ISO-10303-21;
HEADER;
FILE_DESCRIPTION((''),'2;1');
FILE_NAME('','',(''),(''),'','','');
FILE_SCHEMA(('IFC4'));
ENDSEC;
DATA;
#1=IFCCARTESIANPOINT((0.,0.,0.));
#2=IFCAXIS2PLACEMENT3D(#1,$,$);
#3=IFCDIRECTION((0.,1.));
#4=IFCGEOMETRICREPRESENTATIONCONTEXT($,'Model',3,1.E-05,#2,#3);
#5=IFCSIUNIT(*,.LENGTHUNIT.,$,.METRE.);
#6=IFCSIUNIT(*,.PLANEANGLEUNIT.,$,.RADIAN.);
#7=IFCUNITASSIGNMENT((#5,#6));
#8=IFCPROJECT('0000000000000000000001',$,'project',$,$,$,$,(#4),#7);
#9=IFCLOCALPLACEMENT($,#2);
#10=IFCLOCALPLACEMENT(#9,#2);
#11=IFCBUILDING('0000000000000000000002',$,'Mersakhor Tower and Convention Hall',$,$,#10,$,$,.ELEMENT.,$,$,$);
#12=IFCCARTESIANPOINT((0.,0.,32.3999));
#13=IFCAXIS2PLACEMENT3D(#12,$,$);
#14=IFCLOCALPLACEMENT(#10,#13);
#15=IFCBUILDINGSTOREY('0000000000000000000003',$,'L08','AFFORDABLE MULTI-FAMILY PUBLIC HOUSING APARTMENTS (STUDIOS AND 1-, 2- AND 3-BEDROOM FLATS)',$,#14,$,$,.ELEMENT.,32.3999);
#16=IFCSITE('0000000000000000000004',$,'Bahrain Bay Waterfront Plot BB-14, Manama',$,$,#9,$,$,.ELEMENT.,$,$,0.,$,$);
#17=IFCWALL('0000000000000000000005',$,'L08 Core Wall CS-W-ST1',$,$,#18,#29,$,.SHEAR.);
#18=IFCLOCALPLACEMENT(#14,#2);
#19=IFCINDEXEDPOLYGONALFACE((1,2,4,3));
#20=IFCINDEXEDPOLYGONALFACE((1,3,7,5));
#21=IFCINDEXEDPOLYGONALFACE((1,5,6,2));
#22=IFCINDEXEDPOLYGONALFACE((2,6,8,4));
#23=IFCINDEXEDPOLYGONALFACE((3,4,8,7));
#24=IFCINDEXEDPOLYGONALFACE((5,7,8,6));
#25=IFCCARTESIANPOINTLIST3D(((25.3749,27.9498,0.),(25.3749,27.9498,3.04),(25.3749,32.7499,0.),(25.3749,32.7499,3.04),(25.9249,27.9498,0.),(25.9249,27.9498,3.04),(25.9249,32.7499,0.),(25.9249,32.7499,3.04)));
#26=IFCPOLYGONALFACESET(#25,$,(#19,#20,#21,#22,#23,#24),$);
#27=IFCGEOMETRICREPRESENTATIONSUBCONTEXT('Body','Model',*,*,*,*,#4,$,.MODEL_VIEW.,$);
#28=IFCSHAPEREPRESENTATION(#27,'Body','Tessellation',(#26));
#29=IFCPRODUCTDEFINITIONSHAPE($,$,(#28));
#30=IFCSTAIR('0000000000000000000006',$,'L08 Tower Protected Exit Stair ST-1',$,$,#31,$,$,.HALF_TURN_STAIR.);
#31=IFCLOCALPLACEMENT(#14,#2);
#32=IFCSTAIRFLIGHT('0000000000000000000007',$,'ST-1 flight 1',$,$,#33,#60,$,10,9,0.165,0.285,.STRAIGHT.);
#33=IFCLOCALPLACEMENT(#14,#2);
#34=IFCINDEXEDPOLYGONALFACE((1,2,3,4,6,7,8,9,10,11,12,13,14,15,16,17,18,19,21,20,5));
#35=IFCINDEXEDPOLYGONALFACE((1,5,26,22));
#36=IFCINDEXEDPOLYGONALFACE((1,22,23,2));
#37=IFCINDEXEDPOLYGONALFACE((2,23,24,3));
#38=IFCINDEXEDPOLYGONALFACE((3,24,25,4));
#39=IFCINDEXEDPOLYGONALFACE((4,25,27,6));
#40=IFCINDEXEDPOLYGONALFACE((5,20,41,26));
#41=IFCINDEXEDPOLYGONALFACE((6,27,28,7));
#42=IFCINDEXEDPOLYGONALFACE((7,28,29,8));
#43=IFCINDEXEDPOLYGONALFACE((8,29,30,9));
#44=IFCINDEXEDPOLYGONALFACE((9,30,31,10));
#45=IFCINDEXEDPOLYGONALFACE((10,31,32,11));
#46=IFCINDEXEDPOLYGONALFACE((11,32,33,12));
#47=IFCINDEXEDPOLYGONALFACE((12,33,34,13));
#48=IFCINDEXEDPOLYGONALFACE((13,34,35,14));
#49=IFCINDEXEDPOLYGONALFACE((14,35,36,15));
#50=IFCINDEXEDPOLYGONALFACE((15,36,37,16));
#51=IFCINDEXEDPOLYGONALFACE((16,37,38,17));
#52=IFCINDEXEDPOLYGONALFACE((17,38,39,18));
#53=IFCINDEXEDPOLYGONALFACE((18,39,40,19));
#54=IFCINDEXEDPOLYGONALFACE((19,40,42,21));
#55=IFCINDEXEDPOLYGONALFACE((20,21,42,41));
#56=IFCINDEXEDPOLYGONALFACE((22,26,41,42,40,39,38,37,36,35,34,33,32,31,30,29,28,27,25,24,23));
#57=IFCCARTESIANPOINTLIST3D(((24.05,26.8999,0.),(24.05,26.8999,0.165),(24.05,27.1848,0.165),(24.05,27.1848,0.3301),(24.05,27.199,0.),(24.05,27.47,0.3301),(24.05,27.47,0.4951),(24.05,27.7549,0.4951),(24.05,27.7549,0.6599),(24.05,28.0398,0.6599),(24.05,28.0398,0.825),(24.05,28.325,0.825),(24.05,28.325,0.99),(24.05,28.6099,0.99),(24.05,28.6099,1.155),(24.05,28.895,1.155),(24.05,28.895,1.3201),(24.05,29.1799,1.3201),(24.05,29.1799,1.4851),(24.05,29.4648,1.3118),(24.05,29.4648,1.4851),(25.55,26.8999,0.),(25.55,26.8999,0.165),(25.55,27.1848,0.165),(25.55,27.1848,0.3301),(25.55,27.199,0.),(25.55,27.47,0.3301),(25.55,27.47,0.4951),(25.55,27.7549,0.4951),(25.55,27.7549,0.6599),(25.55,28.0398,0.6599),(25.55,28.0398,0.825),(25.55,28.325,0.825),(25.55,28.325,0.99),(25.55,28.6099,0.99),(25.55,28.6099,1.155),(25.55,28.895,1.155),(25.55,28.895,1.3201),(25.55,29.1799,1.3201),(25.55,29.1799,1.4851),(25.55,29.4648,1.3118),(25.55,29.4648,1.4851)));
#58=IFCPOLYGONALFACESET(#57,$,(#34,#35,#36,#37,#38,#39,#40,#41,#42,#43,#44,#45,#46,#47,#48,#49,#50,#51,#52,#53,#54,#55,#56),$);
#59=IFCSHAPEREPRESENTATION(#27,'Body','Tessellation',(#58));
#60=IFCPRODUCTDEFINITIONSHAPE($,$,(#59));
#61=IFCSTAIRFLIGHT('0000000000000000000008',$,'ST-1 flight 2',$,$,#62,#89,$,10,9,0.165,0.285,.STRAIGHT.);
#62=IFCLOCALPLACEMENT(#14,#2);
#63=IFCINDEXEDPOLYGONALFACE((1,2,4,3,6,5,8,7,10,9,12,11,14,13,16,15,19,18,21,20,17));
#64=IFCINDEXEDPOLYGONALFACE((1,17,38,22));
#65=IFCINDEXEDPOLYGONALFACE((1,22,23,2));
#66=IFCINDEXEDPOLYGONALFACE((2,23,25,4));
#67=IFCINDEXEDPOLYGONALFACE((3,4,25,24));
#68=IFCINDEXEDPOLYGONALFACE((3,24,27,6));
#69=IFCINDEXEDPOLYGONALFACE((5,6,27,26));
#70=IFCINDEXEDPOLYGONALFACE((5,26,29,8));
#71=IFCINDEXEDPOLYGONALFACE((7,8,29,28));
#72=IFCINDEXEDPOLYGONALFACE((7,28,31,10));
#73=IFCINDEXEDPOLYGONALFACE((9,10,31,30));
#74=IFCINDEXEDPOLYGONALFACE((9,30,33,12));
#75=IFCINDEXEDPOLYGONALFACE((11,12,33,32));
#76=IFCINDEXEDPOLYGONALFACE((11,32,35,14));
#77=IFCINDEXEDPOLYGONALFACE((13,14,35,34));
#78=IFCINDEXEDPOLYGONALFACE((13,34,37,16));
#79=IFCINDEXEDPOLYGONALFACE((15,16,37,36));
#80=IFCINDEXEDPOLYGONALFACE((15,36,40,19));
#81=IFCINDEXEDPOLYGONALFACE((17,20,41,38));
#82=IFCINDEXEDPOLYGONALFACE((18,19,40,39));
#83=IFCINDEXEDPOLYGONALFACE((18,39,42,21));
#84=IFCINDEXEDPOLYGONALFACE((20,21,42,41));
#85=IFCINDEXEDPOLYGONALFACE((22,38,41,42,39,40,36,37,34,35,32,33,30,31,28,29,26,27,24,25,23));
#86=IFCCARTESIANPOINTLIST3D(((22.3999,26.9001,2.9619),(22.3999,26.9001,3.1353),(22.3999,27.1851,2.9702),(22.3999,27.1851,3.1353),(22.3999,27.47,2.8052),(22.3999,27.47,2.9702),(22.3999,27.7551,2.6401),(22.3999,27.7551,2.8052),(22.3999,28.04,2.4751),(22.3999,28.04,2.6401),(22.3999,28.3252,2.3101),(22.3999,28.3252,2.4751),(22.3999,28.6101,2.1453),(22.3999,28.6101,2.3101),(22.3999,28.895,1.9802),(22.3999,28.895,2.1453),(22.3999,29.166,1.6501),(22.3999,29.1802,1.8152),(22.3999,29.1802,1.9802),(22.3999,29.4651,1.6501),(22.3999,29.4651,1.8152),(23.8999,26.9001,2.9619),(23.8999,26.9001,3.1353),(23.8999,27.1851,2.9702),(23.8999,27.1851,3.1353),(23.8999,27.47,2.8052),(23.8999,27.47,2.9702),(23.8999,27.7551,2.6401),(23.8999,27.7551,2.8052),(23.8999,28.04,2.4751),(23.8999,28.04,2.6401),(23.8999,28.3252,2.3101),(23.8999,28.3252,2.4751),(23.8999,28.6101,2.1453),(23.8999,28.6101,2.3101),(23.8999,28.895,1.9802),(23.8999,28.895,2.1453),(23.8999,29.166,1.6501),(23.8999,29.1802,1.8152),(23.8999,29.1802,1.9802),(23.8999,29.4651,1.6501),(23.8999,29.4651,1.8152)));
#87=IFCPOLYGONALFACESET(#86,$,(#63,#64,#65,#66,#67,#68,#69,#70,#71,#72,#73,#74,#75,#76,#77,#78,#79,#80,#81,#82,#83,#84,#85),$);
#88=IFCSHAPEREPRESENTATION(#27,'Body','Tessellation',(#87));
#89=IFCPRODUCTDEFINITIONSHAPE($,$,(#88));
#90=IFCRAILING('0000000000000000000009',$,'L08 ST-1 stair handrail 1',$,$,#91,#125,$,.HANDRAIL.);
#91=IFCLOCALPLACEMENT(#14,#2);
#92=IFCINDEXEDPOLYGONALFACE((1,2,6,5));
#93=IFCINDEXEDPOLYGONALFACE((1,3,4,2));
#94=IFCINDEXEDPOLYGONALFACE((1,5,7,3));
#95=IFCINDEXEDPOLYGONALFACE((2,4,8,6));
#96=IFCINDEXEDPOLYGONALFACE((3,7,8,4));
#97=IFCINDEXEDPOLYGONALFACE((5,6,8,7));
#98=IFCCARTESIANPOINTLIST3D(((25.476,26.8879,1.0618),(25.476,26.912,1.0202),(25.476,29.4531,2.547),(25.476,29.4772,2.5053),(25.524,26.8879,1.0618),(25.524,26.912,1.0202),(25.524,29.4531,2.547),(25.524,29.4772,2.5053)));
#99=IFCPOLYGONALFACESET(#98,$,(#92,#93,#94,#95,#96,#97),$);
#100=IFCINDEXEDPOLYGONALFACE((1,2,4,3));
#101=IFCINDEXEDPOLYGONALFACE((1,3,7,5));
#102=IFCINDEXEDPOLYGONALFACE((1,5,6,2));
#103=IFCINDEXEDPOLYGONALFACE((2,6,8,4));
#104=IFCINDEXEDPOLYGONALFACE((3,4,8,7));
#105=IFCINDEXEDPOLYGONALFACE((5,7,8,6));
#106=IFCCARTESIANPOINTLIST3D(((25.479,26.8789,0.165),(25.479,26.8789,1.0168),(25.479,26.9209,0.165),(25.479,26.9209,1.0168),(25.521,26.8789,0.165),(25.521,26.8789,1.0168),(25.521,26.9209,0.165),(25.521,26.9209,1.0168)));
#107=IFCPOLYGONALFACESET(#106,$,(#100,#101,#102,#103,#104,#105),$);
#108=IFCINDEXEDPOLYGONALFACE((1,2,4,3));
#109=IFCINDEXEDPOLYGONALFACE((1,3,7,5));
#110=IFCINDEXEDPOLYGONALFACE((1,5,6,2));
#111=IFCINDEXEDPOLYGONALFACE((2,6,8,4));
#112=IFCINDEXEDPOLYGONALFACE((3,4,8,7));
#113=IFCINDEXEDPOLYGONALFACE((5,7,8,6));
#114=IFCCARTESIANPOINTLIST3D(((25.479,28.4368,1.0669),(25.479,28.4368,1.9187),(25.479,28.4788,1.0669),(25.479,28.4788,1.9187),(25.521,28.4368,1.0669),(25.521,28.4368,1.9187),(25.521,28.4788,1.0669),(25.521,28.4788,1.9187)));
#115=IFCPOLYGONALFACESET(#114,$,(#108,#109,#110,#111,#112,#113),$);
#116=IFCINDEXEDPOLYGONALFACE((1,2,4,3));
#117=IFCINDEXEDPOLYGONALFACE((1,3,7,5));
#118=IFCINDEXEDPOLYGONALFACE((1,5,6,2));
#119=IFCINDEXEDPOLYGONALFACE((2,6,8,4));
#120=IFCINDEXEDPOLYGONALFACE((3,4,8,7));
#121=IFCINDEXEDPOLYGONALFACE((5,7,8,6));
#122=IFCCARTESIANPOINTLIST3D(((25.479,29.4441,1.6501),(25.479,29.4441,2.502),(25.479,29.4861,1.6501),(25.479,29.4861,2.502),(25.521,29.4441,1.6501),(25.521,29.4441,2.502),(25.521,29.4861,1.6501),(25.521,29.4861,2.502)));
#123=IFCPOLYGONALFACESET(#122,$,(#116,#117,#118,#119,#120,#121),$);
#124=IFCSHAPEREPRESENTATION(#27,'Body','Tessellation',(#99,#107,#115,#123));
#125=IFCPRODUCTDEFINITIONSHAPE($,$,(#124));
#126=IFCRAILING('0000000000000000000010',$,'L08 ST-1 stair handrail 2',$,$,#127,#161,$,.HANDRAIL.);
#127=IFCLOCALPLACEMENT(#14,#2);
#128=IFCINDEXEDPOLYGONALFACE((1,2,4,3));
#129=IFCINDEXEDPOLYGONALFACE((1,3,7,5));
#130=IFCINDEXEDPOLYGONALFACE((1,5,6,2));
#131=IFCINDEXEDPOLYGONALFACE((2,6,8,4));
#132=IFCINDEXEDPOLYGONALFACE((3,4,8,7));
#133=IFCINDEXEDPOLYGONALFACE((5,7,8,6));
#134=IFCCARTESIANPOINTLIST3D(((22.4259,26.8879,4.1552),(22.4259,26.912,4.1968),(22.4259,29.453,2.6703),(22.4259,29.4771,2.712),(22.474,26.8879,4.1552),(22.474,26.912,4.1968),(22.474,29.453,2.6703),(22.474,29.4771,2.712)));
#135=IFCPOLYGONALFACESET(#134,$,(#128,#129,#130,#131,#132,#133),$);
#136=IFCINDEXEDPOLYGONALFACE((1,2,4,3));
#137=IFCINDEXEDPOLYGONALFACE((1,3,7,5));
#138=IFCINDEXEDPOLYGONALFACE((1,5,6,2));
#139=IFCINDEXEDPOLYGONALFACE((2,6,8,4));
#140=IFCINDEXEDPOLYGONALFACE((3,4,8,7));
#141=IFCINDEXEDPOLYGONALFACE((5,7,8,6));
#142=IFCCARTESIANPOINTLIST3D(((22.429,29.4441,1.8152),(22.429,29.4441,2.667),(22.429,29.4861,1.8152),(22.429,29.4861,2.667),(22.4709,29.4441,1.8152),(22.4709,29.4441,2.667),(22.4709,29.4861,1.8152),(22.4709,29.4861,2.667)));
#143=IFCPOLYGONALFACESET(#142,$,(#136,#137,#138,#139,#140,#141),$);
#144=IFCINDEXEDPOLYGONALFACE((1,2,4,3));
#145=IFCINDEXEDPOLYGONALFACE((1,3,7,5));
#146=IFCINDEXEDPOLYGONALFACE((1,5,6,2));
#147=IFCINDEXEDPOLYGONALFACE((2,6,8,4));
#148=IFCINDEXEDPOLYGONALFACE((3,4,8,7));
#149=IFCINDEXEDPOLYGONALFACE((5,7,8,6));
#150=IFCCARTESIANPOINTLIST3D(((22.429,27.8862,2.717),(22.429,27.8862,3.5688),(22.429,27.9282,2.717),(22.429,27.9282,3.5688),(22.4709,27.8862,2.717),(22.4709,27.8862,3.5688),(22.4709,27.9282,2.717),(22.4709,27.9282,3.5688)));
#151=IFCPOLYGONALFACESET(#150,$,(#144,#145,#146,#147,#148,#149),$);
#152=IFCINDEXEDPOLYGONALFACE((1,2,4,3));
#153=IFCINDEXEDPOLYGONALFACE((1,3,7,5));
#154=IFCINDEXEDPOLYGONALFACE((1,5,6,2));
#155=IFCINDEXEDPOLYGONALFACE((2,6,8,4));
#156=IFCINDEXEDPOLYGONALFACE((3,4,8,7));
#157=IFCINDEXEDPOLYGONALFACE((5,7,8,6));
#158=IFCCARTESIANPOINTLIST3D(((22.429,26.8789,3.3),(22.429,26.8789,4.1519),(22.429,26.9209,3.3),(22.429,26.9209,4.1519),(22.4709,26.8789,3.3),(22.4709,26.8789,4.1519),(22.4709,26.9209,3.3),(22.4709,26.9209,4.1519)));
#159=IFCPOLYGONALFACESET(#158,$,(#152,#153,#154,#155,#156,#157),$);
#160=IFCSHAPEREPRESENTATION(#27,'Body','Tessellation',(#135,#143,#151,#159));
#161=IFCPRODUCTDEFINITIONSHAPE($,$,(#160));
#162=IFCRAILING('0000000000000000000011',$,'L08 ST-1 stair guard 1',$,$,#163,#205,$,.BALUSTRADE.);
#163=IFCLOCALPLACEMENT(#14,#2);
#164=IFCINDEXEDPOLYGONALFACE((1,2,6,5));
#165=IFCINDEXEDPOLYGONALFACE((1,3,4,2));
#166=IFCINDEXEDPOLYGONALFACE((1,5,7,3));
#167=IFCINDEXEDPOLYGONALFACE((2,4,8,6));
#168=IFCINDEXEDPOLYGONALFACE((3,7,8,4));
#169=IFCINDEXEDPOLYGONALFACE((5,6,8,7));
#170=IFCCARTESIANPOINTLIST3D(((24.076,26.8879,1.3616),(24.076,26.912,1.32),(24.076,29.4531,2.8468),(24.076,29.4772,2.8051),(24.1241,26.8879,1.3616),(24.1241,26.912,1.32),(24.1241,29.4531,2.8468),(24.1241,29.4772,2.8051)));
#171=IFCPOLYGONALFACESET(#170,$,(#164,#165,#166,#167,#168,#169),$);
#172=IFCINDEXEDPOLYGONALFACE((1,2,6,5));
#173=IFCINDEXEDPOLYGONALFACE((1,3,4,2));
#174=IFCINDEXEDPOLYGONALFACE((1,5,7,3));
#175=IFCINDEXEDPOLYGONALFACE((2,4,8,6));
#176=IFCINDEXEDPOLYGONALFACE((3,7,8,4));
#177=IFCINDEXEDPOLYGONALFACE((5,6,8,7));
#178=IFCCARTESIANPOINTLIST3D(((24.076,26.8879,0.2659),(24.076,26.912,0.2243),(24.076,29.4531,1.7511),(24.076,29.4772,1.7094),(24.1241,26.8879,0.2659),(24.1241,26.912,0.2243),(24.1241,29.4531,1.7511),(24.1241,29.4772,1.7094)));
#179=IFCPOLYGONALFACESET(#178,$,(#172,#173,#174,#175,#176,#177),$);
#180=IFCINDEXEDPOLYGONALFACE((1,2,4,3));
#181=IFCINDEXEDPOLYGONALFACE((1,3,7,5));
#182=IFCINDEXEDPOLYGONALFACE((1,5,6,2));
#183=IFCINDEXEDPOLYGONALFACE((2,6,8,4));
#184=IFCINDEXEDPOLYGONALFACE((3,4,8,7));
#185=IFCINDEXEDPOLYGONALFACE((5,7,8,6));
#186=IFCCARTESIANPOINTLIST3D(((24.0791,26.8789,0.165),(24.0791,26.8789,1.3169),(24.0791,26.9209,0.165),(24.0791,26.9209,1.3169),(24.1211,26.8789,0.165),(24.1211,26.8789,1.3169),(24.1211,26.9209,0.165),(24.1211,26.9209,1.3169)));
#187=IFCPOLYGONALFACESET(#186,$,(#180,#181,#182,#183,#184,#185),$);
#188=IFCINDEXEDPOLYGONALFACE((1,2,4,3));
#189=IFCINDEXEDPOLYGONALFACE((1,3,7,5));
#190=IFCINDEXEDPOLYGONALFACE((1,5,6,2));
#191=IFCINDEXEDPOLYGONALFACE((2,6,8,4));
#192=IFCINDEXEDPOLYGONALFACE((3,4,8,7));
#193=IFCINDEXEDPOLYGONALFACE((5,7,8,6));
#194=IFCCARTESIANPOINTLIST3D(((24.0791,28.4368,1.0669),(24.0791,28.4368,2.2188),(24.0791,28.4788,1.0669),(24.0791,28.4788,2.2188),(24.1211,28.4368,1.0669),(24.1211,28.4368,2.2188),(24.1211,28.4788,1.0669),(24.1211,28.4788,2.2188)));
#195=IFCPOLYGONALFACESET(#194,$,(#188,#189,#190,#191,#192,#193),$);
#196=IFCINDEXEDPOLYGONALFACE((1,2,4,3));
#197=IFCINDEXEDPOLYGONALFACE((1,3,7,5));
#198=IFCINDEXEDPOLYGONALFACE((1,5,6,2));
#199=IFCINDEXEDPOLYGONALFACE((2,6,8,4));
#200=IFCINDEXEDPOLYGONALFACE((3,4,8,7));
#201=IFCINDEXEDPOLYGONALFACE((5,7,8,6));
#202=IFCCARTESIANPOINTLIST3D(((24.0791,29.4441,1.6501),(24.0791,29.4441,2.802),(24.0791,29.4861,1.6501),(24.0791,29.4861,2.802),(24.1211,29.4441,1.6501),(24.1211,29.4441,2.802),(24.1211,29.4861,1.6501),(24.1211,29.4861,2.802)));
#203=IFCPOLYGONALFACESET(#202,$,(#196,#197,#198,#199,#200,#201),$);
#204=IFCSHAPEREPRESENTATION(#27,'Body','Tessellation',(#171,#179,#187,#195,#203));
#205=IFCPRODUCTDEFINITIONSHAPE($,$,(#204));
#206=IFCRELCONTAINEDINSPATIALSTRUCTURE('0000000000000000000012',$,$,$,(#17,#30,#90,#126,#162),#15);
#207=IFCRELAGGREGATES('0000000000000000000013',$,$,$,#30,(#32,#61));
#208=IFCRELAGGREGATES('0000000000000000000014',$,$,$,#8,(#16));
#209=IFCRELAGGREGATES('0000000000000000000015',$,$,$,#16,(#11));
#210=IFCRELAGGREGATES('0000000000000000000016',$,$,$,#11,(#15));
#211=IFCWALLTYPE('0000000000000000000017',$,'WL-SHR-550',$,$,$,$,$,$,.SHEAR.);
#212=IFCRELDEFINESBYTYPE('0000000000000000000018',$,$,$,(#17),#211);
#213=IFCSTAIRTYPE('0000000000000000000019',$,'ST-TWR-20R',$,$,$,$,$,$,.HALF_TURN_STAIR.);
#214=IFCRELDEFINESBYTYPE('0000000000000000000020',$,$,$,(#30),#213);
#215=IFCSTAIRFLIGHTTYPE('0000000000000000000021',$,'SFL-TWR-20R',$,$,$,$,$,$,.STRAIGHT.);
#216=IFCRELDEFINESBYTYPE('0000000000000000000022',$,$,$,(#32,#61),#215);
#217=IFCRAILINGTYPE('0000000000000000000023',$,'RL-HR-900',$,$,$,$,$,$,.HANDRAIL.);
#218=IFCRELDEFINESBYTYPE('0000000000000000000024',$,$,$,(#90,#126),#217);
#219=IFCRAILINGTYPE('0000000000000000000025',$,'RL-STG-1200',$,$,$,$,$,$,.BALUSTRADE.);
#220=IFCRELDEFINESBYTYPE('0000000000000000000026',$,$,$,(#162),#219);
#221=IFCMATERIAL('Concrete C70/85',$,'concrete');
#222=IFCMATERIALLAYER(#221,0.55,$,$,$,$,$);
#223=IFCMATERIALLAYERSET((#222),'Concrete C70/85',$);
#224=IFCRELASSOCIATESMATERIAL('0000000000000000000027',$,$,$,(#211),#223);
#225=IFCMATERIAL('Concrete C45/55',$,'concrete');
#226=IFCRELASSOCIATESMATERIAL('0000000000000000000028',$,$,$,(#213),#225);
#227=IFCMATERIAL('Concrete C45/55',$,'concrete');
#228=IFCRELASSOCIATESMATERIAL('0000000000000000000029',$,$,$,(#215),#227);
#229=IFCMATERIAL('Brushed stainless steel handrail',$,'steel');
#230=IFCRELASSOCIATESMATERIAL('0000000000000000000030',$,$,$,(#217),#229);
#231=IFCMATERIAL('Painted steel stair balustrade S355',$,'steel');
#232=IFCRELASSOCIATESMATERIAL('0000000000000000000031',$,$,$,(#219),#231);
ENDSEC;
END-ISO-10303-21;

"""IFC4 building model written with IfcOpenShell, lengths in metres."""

from ifc_helpers import new_model, si_unit, direction, frame, frame_2d, origin, origin_2d, place, context, subcontext, project, spatial, polyline, rectangle, outline, extrude, material, layer, layer_set, type_object, element, aggregate, save


model = new_model("IFC4")

# Units and contexts
model_context = context("Model", 3, precision=1e-05, world=origin(), true_north=direction((0.0, 1.0)))
body_context = subcontext(model_context, "Body", "Model", "MODEL_VIEW")
ifc_project = project(units=[si_unit("LENGTHUNIT", "METRE"), si_unit("PLANEANGLEUNIT", "RADIAN")], contexts=[model_context])

# Site, building, storey
site_placement = place(None, origin())
site = spatial("IfcSite", under=ifc_project, at=site_placement, Name="Bahrain Bay Waterfront Plot BB-14, Manama", CompositionType="ELEMENT", RefElevation=0.0)
building_placement = place(site_placement, origin())
building = spatial("IfcBuilding", under=site, at=building_placement, Name="Mersakhor Tower and Convention Hall", CompositionType="ELEMENT")
storey_placement = place(building_placement, frame((0.0, 0.0, 32.3999)))
storey = spatial("IfcBuildingStorey", under=building, at=storey_placement, Name="L08", Description="AFFORDABLE MULTI-FAMILY PUBLIC HOUSING APARTMENTS (STUDIOS AND 1-, 2- AND 3-BEDROOM FLATS)", CompositionType="ELEMENT", Elevation=32.3999)

# Shared definitions
ifc_material_1 = material(Name="Concrete C70/85", Category="concrete")
ifc_layer_1 = layer(ifc_material_1, 0.55)
ifc_layer_set_1 = layer_set([ifc_layer_1], Name="Concrete C70/85")
wall_type_1 = type_object("IfcWallType", Name="WL-SHR-550", PredefinedType="SHEAR", material=ifc_layer_set_1)

# Wall
wall_1_placement = place(storey_placement, frame((25.6499, 27.95, 0.0), z_axis=(0.0, 0.0, 1.0), x_axis=(0.0, 1.0, 0.0)))
element("IfcWall", 1, at=wall_1_placement, inside=storey, type_object=wall_type_1, Name="L08 Core Wall CS-W-ST1", PredefinedType="SHEAR", context=body_context, shape_type="SweptSolid", body=[
    extrude(rectangle(XDim=4.8, YDim=0.55, at=frame_2d((2.3999, 0.0))), origin(), (0.0, 0.0, 1.0), 3.04),
])

# Stair, stair flights
ifc_material_2 = material(Name="Concrete C45/55", Category="concrete")
stair_type = type_object("IfcStairType", Name="ST-TWR-20R", PredefinedType="HALF_TURN_STAIR", material=ifc_material_2)
stair_placement = place(storey_placement, origin())
stair = element("IfcStair", 2, at=stair_placement, inside=storey, type_object=stair_type, Name="L08 Tower Protected Exit Stair ST-1", PredefinedType="HALF_TURN_STAIR")
ifc_material_3 = material(Name="Concrete C45/55", Category="concrete")
stair_flight_type = type_object("IfcStairFlightType", Name="SFL-TWR-20R", PredefinedType="STRAIGHT", material=ifc_material_3)
stair_flight_1_placement = place(storey_placement, frame((24.8, 26.8999, 0.0), z_axis=(0.0, 0.0, 1.0), x_axis=(0.0, 1.0, 0.0)))
stair_flight_1 = element("IfcStairFlight", 3, at=stair_flight_1_placement, type_object=stair_flight_type, Name="ST-1 flight 1", NumberOfRisers=10, NumberOfTreads=9, PredefinedType="STRAIGHT", RiserHeight=0.165, TreadLength=0.285, context=body_context, shape_type="SweptSolid", body=[
    extrude(outline(polyline([(0.0, 0.0), (0.0, 0.165), (0.2849, 0.165), (0.2849, 0.3301), (0.5701, 0.3301), (0.5701, 0.4951), (0.855, 0.4951), (0.855, 0.6599), (1.1399, 0.6599), (1.1399, 0.825), (1.425, 0.825), (1.425, 0.99), (1.71, 0.99), (1.71, 1.155), (1.9951, 1.155), (1.9951, 1.3201), (2.28, 1.3201), (2.28, 1.4851), (2.5649, 1.4851), (2.5649, 1.6499), (2.5649, 1.3118), (0.2991, 0.0), (0.0, 0.0)])), frame((0.0, 0.75, 0.0), z_axis=(0.0, -1.0, 0.0), x_axis=(1.0, 0.0, 0.0)), (0.0, 0.0, 1.0), 1.5),
])
stair_flight_2_placement = place(storey_placement, frame((23.1499, 29.4651, 1.6501), z_axis=(0.0, 0.0, 1.0), x_axis=(0.0, -1.0, 0.0)))
stair_flight_2 = element("IfcStairFlight", 4, at=stair_flight_2_placement, type_object=stair_flight_type, Name="ST-1 flight 2", NumberOfRisers=10, NumberOfTreads=9, PredefinedType="STRAIGHT", RiserHeight=0.165, TreadLength=0.285, context=body_context, shape_type="SweptSolid", body=[
    extrude(outline(polyline([(0.0, 0.0), (0.0, 0.165), (0.2849, 0.165), (0.2849, 0.3301), (0.5701, 0.3301), (0.5701, 0.4951), (0.855, 0.4951), (0.855, 0.6599), (1.1399, 0.6599), (1.1399, 0.825), (1.425, 0.825), (1.425, 0.99), (1.71, 0.99), (1.71, 1.155), (1.9951, 1.155), (1.9951, 1.3201), (2.28, 1.3201), (2.28, 1.4851), (2.5649, 1.4851), (2.5649, 1.6499), (2.5649, 1.3118), (0.2991, 0.0), (0.0, 0.0)])), frame((0.0, 0.75, 0.0), z_axis=(0.0, -1.0, 0.0), x_axis=(1.0, 0.0, 0.0)), (0.0, 0.0, 1.0), 1.5),
])
aggregate(stair, [stair_flight_1, stair_flight_2])

# Railings
ifc_material_4 = material(Name="Brushed stainless steel handrail", Category="steel")
railing_type_1 = type_object("IfcRailingType", Name="RL-HR-900", PredefinedType="HANDRAIL", material=ifc_material_4)
railing_1_placement = place(storey_placement, frame((25.5, 26.8999, 0.165)))
element("IfcRailing", 5, at=railing_1_placement, inside=storey, type_object=railing_type_1, Name="L08 ST-1 stair handrail 1", PredefinedType="HANDRAIL", context=body_context, shape_type="SweptSolid", body=[
    extrude(rectangle(XDim=0.0481, YDim=0.0481, at=origin_2d()), frame((0.0, 0.0, 0.876), z_axis=(0.0, 0.865426, 0.501036), x_axis=(-1.0, 0.0, 0.0)), (0.0, 0.0, 1.0), 2.9641),
    extrude(rectangle(XDim=0.042, YDim=0.042, at=origin_2d()), origin(), (0.0, 0.0, 1.0), 0.8518),
    extrude(rectangle(XDim=0.042, YDim=0.042, at=origin_2d()), frame((0.0, 1.5579, 0.9019)), (0.0, 0.0, 1.0), 0.8518),
    extrude(rectangle(XDim=0.042, YDim=0.042, at=origin_2d()), frame((0.0, 2.5652, 1.4851)), (0.0, 0.0, 1.0), 0.8518),
])
railing_2_placement = place(storey_placement, frame((22.45, 29.4651, 1.8152)))
element("IfcRailing", 6, at=railing_2_placement, inside=storey, type_object=railing_type_1, Name="L08 ST-1 stair handrail 2", PredefinedType="HANDRAIL", context=body_context, shape_type="SweptSolid", body=[
    extrude(rectangle(XDim=0.0481, YDim=0.0481, at=origin_2d()), frame((0.0, 0.0, 0.876), z_axis=(0.0, -0.865462, 0.500975), x_axis=(1.0, 0.0, 0.0)), (0.0, 0.0, 1.0), 2.9639),
    extrude(rectangle(XDim=0.042, YDim=0.042, at=origin_2d()), origin(), (0.0, 0.0, 1.0), 0.8518),
    extrude(rectangle(XDim=0.042, YDim=0.042, at=origin_2d()), frame((0.0, -1.5579, 0.9019)), (0.0, 0.0, 1.0), 0.8518),
    extrude(rectangle(XDim=0.042, YDim=0.042, at=origin_2d()), frame((0.0, -2.5652, 1.4849)), (0.0, 0.0, 1.0), 0.8518),
])
ifc_material_5 = material(Name="Painted steel stair balustrade S355", Category="steel")
railing_type_2 = type_object("IfcRailingType", Name="RL-STG-1200", PredefinedType="BALUSTRADE", material=ifc_material_5)
railing_3_placement = place(storey_placement, frame((24.1001, 26.8999, 0.165)))
element("IfcRailing", 7, at=railing_3_placement, inside=storey, type_object=railing_type_2, Name="L08 ST-1 stair guard 1", PredefinedType="BALUSTRADE", context=body_context, shape_type="SweptSolid", body=[
    extrude(rectangle(XDim=0.0481, YDim=0.0481, at=origin_2d()), frame((0.0, 0.0, 1.1758), z_axis=(0.0, 0.865426, 0.501036), x_axis=(-1.0, 0.0, 0.0)), (0.0, 0.0, 1.0), 2.9641),
    extrude(rectangle(XDim=0.0481, YDim=0.0481, at=origin_2d()), frame((0.0, 0.0, 0.0801), z_axis=(0.0, 0.865426, 0.501036), x_axis=(-1.0, 0.0, 0.0)), (0.0, 0.0, 1.0), 2.9641),
    extrude(rectangle(XDim=0.042, YDim=0.042, at=origin_2d()), origin(), (0.0, 0.0, 1.0), 1.1519),
    extrude(rectangle(XDim=0.042, YDim=0.042, at=origin_2d()), frame((0.0, 1.5579, 0.9019)), (0.0, 0.0, 1.0), 1.1519),
    extrude(rectangle(XDim=0.042, YDim=0.042, at=origin_2d()), frame((0.0, 2.5652, 1.4851)), (0.0, 0.0, 1.0), 1.1519),
])

save(model, "model.ifc")
